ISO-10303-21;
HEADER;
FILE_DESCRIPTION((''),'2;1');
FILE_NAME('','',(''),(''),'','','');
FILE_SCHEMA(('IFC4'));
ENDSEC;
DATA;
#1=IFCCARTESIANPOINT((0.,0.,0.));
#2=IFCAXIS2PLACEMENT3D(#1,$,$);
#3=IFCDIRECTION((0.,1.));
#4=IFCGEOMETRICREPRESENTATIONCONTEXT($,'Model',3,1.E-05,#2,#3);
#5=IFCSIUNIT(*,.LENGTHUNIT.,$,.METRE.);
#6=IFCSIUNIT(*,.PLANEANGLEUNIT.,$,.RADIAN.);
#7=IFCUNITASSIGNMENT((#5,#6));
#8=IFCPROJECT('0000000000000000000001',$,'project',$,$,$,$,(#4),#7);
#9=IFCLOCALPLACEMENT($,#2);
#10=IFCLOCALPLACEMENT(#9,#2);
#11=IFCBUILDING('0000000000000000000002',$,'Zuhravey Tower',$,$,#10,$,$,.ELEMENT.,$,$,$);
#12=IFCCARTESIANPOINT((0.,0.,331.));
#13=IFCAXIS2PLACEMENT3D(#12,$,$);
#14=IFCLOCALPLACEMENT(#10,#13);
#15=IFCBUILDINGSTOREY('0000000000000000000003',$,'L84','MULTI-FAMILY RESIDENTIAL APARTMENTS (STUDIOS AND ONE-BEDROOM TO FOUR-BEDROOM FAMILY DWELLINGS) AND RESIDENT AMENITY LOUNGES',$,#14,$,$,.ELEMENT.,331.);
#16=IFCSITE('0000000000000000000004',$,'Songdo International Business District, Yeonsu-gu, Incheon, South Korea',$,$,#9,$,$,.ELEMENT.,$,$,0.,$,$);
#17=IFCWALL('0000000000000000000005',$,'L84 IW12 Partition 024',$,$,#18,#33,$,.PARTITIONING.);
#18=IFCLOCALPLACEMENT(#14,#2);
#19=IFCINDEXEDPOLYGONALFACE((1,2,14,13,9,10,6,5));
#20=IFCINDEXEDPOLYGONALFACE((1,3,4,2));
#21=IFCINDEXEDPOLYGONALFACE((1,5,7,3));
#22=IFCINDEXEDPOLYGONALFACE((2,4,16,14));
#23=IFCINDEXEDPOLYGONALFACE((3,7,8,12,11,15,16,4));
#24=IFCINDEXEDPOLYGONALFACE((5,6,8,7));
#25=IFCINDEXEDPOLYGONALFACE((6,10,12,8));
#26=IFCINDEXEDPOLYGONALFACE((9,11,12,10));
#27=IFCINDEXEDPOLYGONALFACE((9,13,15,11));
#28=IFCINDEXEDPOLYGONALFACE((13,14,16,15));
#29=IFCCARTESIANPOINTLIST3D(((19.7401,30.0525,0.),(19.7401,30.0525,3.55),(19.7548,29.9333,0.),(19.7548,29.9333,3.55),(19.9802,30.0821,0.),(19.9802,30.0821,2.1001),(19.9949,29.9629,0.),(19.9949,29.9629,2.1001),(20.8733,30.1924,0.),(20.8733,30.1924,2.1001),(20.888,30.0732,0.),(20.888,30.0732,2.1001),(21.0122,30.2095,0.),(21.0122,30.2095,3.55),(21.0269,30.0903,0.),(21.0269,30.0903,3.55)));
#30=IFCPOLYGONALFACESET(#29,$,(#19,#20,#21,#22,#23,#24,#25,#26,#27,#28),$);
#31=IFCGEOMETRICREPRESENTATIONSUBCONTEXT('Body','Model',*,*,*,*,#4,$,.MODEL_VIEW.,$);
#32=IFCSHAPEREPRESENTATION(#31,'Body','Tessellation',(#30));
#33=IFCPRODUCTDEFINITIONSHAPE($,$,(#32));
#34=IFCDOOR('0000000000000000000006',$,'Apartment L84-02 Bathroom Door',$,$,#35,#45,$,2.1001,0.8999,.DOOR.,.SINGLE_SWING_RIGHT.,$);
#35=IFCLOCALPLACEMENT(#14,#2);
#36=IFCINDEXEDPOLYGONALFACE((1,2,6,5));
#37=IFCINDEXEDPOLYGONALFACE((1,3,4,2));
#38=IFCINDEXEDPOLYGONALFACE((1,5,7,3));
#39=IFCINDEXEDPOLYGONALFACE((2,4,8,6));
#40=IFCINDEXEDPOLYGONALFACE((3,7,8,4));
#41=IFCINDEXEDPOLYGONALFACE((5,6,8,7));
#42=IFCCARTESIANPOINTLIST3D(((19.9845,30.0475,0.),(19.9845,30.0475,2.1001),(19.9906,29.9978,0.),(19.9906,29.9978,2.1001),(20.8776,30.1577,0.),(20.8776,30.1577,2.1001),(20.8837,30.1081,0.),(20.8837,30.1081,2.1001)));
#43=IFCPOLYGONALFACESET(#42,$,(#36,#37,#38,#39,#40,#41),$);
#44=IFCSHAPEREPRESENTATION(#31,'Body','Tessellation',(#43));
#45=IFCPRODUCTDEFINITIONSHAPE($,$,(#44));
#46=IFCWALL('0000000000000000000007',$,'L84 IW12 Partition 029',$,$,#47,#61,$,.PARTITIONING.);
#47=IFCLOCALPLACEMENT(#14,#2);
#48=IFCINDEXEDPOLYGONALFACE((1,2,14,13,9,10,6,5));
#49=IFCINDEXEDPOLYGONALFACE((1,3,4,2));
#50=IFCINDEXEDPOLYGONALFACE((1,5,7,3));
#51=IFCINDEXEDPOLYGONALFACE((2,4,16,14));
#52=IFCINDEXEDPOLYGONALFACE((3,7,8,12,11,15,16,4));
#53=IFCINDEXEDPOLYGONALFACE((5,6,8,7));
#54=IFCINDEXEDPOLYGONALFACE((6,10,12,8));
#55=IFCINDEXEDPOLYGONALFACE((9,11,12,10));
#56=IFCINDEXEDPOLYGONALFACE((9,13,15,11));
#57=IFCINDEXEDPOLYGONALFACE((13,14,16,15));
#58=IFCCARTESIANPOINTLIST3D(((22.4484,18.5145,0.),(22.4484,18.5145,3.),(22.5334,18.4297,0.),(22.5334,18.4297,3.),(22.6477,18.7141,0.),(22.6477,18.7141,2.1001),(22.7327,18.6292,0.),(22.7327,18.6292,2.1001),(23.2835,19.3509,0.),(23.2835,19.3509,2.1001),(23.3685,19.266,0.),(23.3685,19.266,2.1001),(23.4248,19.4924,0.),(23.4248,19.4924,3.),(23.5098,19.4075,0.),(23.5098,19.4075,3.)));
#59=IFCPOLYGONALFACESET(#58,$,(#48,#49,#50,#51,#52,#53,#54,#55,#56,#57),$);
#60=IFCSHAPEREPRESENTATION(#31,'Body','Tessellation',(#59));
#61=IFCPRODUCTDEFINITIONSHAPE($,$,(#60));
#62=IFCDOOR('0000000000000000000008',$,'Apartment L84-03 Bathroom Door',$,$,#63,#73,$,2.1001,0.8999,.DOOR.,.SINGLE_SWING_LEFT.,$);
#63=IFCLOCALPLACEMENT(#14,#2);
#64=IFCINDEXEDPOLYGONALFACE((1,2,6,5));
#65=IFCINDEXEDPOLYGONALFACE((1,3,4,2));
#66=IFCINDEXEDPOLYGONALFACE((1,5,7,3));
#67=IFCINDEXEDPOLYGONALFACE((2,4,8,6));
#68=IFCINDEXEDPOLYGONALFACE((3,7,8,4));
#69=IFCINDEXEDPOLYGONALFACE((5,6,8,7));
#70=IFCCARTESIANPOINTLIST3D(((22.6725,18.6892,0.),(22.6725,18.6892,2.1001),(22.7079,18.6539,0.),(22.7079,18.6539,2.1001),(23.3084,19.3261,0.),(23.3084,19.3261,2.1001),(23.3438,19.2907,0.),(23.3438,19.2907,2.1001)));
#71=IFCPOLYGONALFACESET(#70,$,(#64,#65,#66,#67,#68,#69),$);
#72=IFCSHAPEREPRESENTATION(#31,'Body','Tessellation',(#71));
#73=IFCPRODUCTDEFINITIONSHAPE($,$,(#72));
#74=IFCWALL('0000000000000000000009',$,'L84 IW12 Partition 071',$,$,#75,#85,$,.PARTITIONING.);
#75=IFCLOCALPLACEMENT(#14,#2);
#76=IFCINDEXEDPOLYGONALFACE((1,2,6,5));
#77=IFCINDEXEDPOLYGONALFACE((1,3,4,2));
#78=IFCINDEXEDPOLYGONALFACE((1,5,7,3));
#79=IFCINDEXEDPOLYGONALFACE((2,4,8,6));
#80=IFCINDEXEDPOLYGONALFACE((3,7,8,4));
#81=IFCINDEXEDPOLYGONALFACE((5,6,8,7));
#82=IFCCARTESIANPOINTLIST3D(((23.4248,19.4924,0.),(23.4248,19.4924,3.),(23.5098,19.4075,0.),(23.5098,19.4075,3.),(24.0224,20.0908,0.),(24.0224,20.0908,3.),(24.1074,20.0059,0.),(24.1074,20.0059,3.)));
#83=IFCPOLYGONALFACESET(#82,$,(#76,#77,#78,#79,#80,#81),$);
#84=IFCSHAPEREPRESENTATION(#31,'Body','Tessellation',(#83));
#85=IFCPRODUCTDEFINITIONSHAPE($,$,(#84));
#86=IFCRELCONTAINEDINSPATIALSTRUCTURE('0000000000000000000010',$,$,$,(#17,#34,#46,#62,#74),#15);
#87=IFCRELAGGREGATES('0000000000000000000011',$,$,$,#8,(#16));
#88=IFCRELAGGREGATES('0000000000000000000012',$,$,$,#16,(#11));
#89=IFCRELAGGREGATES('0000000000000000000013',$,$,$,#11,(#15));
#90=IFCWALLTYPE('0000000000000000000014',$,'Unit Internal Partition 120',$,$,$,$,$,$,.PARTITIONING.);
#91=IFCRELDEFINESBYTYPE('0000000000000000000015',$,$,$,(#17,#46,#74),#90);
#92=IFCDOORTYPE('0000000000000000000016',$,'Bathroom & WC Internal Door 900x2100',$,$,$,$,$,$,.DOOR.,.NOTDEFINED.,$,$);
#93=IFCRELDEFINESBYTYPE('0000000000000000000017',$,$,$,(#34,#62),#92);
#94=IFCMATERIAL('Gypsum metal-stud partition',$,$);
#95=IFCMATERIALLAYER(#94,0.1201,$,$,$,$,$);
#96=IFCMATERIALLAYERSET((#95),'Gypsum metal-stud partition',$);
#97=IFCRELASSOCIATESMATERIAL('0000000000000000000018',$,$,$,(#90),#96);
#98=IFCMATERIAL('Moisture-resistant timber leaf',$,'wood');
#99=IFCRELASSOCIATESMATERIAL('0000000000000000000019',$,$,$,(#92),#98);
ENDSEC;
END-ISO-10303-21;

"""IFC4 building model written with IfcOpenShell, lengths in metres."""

from ifc_helpers import new_model, si_unit, direction, frame, frame_2d, origin, place, context, subcontext, project, spatial, rectangle, extrude, material, layer, layer_set, type_object, element, fill, save


model = new_model("IFC4")

# Units and contexts
model_context = context("Model", 3, precision=1e-05, world=origin(), true_north=direction((0.0, 1.0)))
body_context = subcontext(model_context, "Body", "Model", "MODEL_VIEW")
ifc_project = project(units=[si_unit("LENGTHUNIT", "METRE"), si_unit("PLANEANGLEUNIT", "RADIAN")], contexts=[model_context])

# Site, building, storey
site_placement = place(None, origin())
site = spatial("IfcSite", under=ifc_project, at=site_placement, Name="Songdo International Business District, Yeonsu-gu, Incheon, South Korea", CompositionType="ELEMENT", RefElevation=0.0)
building_placement = place(site_placement, origin())
building = spatial("IfcBuilding", under=site, at=building_placement, Name="Zuhravey Tower", CompositionType="ELEMENT")
storey_placement = place(building_placement, frame((0.0, 0.0, 331.0)))
storey = spatial("IfcBuildingStorey", under=building, at=storey_placement, Name="L84", Description="MULTI-FAMILY RESIDENTIAL APARTMENTS (STUDIOS AND ONE-BEDROOM TO FOUR-BEDROOM FAMILY DWELLINGS) AND RESIDENT AMENITY LOUNGES", CompositionType="ELEMENT", Elevation=331.0)

# Walls, openings, doors
ifc_material_1 = material(Name="Gypsum metal-stud partition")
ifc_layer_1 = layer(ifc_material_1, 0.1201)
ifc_layer_set_1 = layer_set([ifc_layer_1], Name="Gypsum metal-stud partition")
wall_type_1 = type_object("IfcWallType", Name="Unit Internal Partition 120", PredefinedType="PARTITIONING", material=ifc_layer_set_1)
wall_1_placement = place(storey_placement, frame((21.0195, 30.1499, 0.0), z_axis=(0.0, 0.0, 1.0), x_axis=(-0.99247, -0.122487, 0.0)))
wall_1 = element("IfcWall", 1, at=wall_1_placement, inside=storey, type_object=wall_type_1, Name="L84 IW12 Partition 024", PredefinedType="PARTITIONING", context=body_context, shape_type="SweptSolid", body=[
    extrude(rectangle(XDim=1.2817, YDim=0.1201, at=frame_2d((0.6409, 0.0))), origin(), (0.0, 0.0, 1.0), 3.55),
])
opening_1_placement = place(wall_1_placement, frame((0.1399, 0.0, 0.0)))
opening_1 = element("IfcOpeningElement", 2, at=opening_1_placement, cuts=wall_1, PredefinedType="OPENING", context=body_context, shape_type="SweptSolid", body=[
    extrude(rectangle(XDim=0.8999, YDim=2.1001, at=frame_2d((0.45, 1.05))), frame((0.0, 0.072, 0.0), z_axis=(0.0, -1.0, 0.0), x_axis=(1.0, 0.0, 0.0)), (0.0, 0.0, 1.0), 0.144),
])
ifc_material_2 = material(Name="Moisture-resistant timber leaf", Category="wood")
door_type_1 = type_object("IfcDoorType", Name="Bathroom & WC Internal Door 900x2100", OperationType="NOTDEFINED", PredefinedType="DOOR", material=ifc_material_2)
door_1_placement = place(opening_1_placement, origin())
door_1 = element("IfcDoor", 3, at=door_1_placement, inside=storey, type_object=door_type_1, Name="Apartment L84-02 Bathroom Door", OperationType="SINGLE_SWING_RIGHT", OverallHeight=2.1001, OverallWidth=0.8999, PredefinedType="DOOR", context=body_context, shape_type="SweptSolid", body=[
    extrude(rectangle(XDim=0.8999, YDim=2.1001, at=frame_2d((0.45, 1.05))), frame((0.0, 0.0249, 0.0), z_axis=(0.0, -1.0, 0.0), x_axis=(1.0, 0.0, 0.0)), (0.0, 0.0, 1.0), 0.05),
])
fill(opening_1, door_1)
wall_2_placement = place(storey_placement, frame((23.4673, 19.45, 0.0), z_axis=(0.0, 0.0, 1.0), x_axis=(-0.706577, -0.707637, 0.0)))
wall_2 = element("IfcWall", 4, at=wall_2_placement, inside=storey, type_object=wall_type_1, Name="L84 IW12 Partition 029", PredefinedType="PARTITIONING", context=body_context, shape_type="SweptSolid", body=[
    extrude(rectangle(XDim=1.3818, YDim=0.1201, at=frame_2d((0.6909, 0.0))), origin(), (0.0, 0.0, 1.0), 3.0),
])
opening_2_placement = place(wall_2_placement, frame((0.2, 0.0, 0.0)))
opening_2 = element("IfcOpeningElement", 5, at=opening_2_placement, cuts=wall_2, PredefinedType="OPENING", context=body_context, shape_type="SweptSolid", body=[
    extrude(rectangle(XDim=0.8999, YDim=2.1001, at=frame_2d((0.45, 1.05))), frame((0.0, 0.072, 0.0), z_axis=(0.0, -1.0, 0.0), x_axis=(1.0, 0.0, 0.0)), (0.0, 0.0, 1.0), 0.144),
])
door_2_placement = place(opening_2_placement, frame((0.8999, 0.0, 0.0), z_axis=(0.0, 0.0, 1.0), x_axis=(-1.0, 0.0, 0.0)))
door_2 = element("IfcDoor", 6, at=door_2_placement, inside=storey, type_object=door_type_1, Name="Apartment L84-03 Bathroom Door", OperationType="SINGLE_SWING_LEFT", OverallHeight=2.1001, OverallWidth=0.8999, PredefinedType="DOOR", context=body_context, shape_type="SweptSolid", body=[
    extrude(rectangle(XDim=0.8999, YDim=2.1001, at=frame_2d((0.45, 1.05))), frame((0.0, 0.0249, 0.0), z_axis=(0.0, -1.0, 0.0), x_axis=(1.0, 0.0, 0.0)), (0.0, 0.0, 1.0), 0.05),
])
fill(opening_2, door_2)

# Wall
wall_3_placement = place(storey_placement, frame((24.0649, 20.0483, 0.0), z_axis=(0.0, 0.0, 1.0), x_axis=(-0.706674, -0.70754, 0.0)))
element("IfcWall", 7, at=wall_3_placement, inside=storey, type_object=wall_type_1, Name="L84 IW12 Partition 071", PredefinedType="PARTITIONING", context=body_context, shape_type="SweptSolid", body=[
    extrude(rectangle(XDim=0.8457, YDim=0.1201, at=frame_2d((0.4229, 0.0))), origin(), (0.0, 0.0, 1.0), 3.0),
])

save(model, "model.ifc")
